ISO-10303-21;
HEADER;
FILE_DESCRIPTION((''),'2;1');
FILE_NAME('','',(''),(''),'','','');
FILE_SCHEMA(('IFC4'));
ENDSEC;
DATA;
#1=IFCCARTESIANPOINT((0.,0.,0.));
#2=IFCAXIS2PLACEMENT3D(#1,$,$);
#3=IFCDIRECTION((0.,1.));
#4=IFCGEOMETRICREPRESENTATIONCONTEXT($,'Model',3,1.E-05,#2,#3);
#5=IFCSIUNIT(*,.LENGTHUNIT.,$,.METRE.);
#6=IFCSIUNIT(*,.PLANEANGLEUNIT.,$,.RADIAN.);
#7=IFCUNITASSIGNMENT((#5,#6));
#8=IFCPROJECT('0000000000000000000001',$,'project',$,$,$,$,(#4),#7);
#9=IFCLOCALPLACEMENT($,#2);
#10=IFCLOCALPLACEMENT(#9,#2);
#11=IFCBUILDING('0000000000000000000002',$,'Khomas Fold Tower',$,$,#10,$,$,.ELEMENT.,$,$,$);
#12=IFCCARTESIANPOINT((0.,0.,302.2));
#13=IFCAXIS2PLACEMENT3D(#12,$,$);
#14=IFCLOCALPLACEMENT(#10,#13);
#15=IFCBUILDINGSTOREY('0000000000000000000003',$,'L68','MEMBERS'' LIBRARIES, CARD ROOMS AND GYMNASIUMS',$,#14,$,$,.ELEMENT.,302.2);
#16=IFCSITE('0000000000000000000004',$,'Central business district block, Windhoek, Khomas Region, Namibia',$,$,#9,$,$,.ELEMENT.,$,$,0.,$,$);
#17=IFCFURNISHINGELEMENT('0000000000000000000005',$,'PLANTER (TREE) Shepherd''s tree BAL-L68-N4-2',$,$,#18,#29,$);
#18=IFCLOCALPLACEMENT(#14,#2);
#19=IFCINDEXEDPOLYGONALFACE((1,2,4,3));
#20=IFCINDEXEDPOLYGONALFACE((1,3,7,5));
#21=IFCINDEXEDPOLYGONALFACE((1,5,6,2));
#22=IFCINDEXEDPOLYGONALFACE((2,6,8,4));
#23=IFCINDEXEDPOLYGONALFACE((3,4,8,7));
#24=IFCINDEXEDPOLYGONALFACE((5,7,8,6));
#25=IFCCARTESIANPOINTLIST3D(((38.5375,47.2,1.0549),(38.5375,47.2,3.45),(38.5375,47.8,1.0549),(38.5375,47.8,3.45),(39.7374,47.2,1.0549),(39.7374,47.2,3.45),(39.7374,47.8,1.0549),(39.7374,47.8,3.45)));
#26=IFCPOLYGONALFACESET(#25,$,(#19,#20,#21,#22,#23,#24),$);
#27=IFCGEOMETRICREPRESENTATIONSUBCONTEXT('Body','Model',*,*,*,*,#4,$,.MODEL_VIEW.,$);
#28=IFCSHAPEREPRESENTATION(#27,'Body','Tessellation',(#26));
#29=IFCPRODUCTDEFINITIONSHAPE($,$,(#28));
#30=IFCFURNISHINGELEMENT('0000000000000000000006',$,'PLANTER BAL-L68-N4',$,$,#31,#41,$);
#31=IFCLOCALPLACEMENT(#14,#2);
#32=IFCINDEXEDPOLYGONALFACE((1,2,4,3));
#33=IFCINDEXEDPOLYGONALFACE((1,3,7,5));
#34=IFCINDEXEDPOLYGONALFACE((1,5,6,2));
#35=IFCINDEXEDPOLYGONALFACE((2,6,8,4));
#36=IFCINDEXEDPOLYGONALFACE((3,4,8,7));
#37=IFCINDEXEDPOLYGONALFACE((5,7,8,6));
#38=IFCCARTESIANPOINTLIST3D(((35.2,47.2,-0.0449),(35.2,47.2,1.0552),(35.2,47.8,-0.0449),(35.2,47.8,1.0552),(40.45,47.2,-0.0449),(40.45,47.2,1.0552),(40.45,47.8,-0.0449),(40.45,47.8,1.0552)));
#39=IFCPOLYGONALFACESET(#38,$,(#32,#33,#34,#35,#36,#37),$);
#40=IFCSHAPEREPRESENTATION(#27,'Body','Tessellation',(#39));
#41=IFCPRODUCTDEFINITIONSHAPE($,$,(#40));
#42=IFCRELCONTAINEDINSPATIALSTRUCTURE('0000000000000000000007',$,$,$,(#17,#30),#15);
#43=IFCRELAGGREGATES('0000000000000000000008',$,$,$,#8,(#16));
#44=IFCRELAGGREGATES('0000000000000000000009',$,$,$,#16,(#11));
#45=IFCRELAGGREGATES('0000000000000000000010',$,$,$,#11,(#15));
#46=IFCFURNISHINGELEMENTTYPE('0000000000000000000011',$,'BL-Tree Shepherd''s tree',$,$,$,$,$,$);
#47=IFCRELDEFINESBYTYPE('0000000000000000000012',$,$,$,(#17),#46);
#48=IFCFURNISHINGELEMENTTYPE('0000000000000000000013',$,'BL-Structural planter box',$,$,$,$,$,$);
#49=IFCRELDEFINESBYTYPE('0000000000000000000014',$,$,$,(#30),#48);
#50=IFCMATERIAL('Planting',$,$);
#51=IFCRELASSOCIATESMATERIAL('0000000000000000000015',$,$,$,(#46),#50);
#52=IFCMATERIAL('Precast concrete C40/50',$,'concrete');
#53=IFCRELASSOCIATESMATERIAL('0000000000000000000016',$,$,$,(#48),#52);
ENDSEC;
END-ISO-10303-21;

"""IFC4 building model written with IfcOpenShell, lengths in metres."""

from ifc_helpers import new_model, si_unit, direction, frame, origin, origin_2d, place, context, subcontext, project, spatial, rectangle, extrude, source, transform, mapped, material, type_object, element, save


model = new_model("IFC4")

# Units and contexts
model_context = context("Model", 3, precision=1e-05, world=origin(), true_north=direction((0.0, 1.0)))
body_context = subcontext(model_context, "Body", "Model", "MODEL_VIEW")
ifc_project = project(units=[si_unit("LENGTHUNIT", "METRE"), si_unit("PLANEANGLEUNIT", "RADIAN")], contexts=[model_context])

# Site, building, storey
site_placement = place(None, origin())
site = spatial("IfcSite", under=ifc_project, at=site_placement, Name="Central business district block, Windhoek, Khomas Region, Namibia", CompositionType="ELEMENT", RefElevation=0.0)
building_placement = place(site_placement, origin())
building = spatial("IfcBuilding", under=site, at=building_placement, Name="Khomas Fold Tower", CompositionType="ELEMENT")
storey_placement = place(building_placement, frame((0.0, 0.0, 302.2)))
storey = spatial("IfcBuildingStorey", under=building, at=storey_placement, Name="L68", Description="MEMBERS' LIBRARIES, CARD ROOMS AND GYMNASIUMS", CompositionType="ELEMENT", Elevation=302.2)

# Furnishing elements
shared_shape_1 = source(origin(), body_context, "Body", "SweptSolid", [
    extrude(rectangle(XDim=1.2, YDim=0.6001, at=origin_2d()), origin(), (0.0, 0.0, 1.0), 2.395),
])
ifc_material_1 = material(Name="Planting")
furnishing_element_type_1 = type_object("IfcFurnishingElementType", Name="BL-Tree Shepherd's tree", material=ifc_material_1)
furnishing_1_placement = place(storey_placement, frame((39.1375, 47.5, 1.0549), z_axis=(0.0, 0.0, 1.0), x_axis=(1.0, 0.0, 0.0)))
element("IfcFurnishingElement", 1, at=furnishing_1_placement, inside=storey, type_object=furnishing_element_type_1, Name="PLANTER (TREE) Shepherd's tree BAL-L68-N4-2", context=body_context, shape_type="MappedRepresentation", body=[
    mapped(shared_shape_1, transform((0.0, 0.0, 0.0))),
])
ifc_material_2 = material(Name="Precast concrete C40/50", Category="concrete")
furnishing_element_type_2 = type_object("IfcFurnishingElementType", Name="BL-Structural planter box", material=ifc_material_2)
shared_shape_2 = source(origin(), body_context, "Body", "SweptSolid", [
    extrude(rectangle(XDim=5.25, YDim=0.6001, at=origin_2d()), origin(), (0.0, 0.0, 1.0), 1.1001),
])
furnishing_2_placement = place(storey_placement, frame((37.825, 47.5, -0.0449), z_axis=(0.0, 0.0, 1.0), x_axis=(1.0, 0.0, 0.0)))
element("IfcFurnishingElement", 2, at=furnishing_2_placement, inside=storey, type_object=furnishing_element_type_2, Name="PLANTER BAL-L68-N4", context=body_context, shape_type="MappedRepresentation", body=[
    mapped(shared_shape_2, transform((0.0, 0.0, 0.0))),
])

save(model, "model.ifc")
